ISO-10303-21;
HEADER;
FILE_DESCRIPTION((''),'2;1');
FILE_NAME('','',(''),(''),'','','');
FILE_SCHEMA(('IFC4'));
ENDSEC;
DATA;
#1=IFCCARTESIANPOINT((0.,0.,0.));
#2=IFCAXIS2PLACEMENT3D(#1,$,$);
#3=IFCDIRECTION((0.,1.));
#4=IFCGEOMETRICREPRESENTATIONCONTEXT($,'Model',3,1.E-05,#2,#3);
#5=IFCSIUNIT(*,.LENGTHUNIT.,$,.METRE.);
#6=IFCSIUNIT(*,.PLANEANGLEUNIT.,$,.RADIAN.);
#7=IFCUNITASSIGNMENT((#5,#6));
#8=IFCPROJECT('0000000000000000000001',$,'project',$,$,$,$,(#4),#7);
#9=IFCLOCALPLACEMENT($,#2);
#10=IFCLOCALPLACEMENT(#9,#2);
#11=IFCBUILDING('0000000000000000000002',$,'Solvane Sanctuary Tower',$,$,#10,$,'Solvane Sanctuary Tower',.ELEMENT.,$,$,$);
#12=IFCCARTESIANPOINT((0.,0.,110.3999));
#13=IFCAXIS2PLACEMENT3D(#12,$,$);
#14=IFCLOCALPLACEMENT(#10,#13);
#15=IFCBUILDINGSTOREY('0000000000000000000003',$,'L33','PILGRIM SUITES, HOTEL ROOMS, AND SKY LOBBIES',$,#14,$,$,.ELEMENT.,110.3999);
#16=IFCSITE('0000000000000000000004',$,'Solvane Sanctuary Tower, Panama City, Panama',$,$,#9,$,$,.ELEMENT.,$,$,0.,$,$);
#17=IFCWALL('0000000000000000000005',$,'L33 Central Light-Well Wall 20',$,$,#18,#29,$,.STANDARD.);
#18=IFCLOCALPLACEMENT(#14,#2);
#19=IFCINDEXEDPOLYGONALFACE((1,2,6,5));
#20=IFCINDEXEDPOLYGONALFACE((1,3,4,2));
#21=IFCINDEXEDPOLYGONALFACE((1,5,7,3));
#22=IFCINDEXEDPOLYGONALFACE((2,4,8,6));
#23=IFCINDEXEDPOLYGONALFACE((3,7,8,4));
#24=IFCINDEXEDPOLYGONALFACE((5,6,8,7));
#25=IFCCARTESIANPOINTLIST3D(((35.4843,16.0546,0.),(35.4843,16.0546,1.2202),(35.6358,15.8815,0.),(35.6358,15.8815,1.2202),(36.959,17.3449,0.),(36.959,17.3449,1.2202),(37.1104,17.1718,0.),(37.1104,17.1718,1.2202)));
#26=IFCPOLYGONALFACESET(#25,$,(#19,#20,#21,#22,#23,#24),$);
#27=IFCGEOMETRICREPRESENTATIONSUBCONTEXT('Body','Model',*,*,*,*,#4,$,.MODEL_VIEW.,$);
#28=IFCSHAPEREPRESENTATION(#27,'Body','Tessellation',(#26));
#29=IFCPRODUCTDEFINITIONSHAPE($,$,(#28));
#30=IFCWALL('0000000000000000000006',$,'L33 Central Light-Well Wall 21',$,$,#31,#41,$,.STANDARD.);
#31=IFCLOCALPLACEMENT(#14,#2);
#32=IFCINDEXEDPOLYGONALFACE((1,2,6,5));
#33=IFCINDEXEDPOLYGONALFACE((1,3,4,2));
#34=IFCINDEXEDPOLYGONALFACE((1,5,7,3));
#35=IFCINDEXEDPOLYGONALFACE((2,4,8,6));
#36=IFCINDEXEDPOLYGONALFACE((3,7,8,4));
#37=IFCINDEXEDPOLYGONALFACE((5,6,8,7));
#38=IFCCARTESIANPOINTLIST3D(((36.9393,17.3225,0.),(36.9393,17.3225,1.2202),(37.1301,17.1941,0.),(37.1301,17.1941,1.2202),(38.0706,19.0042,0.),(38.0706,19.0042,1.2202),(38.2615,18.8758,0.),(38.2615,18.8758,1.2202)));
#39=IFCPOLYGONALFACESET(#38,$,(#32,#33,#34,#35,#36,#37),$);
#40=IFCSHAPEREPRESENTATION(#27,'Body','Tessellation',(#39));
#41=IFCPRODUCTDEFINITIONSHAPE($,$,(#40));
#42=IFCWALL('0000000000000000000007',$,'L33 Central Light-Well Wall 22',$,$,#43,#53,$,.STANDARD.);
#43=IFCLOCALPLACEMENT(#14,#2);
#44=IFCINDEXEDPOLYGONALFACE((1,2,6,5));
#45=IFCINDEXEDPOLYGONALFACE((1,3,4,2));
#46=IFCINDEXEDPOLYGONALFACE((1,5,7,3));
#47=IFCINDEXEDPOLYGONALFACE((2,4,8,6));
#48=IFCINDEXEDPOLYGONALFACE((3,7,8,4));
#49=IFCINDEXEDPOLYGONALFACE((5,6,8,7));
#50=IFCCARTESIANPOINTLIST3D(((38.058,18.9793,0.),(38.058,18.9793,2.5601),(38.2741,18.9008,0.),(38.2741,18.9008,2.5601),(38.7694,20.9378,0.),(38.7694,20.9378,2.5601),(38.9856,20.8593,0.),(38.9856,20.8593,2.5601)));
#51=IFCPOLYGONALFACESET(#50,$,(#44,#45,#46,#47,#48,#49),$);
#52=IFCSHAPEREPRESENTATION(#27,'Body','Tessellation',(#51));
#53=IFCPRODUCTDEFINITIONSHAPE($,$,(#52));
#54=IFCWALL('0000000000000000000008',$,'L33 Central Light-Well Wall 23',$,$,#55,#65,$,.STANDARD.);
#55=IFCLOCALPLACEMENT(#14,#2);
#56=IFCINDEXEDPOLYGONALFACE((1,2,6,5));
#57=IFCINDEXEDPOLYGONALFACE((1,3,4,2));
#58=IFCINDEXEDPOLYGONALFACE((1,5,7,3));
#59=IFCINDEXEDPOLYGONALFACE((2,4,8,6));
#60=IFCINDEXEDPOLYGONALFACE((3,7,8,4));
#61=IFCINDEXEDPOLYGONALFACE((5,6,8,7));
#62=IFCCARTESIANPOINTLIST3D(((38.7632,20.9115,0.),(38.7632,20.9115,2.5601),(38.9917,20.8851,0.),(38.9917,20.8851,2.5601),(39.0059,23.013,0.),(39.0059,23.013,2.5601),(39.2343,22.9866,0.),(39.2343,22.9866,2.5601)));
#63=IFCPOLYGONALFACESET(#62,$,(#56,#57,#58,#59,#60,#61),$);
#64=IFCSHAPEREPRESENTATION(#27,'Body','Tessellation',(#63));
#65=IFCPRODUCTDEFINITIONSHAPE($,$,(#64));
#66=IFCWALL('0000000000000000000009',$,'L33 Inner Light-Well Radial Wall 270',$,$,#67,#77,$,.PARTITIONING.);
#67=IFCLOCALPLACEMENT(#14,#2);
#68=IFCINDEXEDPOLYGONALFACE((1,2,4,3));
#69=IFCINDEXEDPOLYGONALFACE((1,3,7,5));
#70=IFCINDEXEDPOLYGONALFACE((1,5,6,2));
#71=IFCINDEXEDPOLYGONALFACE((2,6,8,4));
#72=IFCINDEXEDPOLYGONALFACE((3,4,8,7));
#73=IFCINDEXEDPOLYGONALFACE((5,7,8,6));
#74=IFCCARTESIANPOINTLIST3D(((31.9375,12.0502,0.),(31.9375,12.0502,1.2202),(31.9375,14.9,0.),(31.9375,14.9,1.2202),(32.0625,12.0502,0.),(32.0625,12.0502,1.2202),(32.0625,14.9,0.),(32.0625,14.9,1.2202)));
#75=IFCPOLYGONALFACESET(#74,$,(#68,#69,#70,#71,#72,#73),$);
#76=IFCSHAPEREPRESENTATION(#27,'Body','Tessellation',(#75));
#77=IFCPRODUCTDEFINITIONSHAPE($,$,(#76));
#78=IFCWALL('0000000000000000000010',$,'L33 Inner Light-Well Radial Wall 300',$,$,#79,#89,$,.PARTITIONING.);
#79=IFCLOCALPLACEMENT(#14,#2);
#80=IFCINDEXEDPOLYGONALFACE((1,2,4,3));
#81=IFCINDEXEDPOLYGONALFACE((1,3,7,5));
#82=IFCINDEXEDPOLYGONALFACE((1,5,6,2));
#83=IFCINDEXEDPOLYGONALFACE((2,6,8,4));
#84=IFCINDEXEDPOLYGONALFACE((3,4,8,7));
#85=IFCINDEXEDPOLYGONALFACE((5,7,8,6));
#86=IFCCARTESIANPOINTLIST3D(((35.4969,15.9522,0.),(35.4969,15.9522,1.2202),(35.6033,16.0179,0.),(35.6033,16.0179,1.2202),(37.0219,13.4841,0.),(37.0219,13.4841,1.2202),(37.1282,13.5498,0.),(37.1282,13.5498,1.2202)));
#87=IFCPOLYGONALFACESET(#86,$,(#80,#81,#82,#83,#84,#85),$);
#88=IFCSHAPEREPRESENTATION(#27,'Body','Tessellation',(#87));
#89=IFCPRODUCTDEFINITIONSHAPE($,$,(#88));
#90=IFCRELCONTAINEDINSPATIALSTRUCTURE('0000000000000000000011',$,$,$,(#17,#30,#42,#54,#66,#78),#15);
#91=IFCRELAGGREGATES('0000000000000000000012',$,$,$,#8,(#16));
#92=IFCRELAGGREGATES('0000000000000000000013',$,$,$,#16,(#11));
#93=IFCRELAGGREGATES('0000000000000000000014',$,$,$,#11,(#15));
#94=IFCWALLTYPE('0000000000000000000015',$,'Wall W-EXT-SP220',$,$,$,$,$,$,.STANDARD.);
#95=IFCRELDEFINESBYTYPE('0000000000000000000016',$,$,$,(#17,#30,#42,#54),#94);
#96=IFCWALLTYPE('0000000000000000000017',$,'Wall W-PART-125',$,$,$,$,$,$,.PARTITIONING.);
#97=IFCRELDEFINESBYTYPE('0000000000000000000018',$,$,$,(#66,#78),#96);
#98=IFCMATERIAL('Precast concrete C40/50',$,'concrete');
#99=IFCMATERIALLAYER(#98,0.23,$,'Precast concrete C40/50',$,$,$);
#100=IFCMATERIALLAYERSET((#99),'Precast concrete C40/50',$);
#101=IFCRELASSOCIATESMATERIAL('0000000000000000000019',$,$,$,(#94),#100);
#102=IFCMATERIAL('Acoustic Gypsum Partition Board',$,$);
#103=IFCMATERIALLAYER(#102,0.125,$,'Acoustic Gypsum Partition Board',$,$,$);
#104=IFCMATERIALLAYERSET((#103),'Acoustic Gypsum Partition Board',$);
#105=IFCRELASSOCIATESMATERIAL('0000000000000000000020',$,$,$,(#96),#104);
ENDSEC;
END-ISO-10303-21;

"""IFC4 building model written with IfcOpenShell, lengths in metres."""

from ifc_helpers import new_model, si_unit, direction, frame, frame_2d, origin, place, context, subcontext, project, spatial, rectangle, extrude, material, layer, layer_set, type_object, element, save


model = new_model("IFC4")

# Units and contexts
model_context = context("Model", 3, precision=1e-05, world=origin(), true_north=direction((0.0, 1.0)))
body_context = subcontext(model_context, "Body", "Model", "MODEL_VIEW")
ifc_project = project(units=[si_unit("LENGTHUNIT", "METRE"), si_unit("PLANEANGLEUNIT", "RADIAN")], contexts=[model_context])

# Site, building, storey
site_placement = place(None, origin())
site = spatial("IfcSite", under=ifc_project, at=site_placement, Name="Solvane Sanctuary Tower, Panama City, Panama", CompositionType="ELEMENT", RefElevation=0.0)
building_placement = place(site_placement, origin())
building = spatial("IfcBuilding", under=site, at=building_placement, Name="Solvane Sanctuary Tower", LongName="Solvane Sanctuary Tower", CompositionType="ELEMENT")
storey_placement = place(building_placement, frame((0.0, 0.0, 110.3999)))
storey = spatial("IfcBuildingStorey", under=building, at=storey_placement, Name="L33", Description="PILGRIM SUITES, HOTEL ROOMS, AND SKY LOBBIES", CompositionType="ELEMENT", Elevation=110.3999)

# Walls
ifc_material_1 = material(Name="Acoustic Gypsum Partition Board")
ifc_material_2 = material(Name="Precast concrete C40/50", Category="concrete")
ifc_layer_1 = layer(ifc_material_2, 0.23, Name="Precast concrete C40/50")
ifc_layer_set_1 = layer_set([ifc_layer_1], Name="Precast concrete C40/50")
wall_type_1 = type_object("IfcWallType", Name="Wall W-EXT-SP220", PredefinedType="STANDARD", material=ifc_layer_set_1)
wall_1_placement = place(storey_placement, frame((35.5601, 15.968, 0.0), z_axis=(0.0, 0.0, 1.0), x_axis=(0.752577, 0.658505, 0.0)))
element("IfcWall", 1, at=wall_1_placement, inside=storey, type_object=wall_type_1, Name="L33 Central Light-Well Wall 20", PredefinedType="STANDARD", context=body_context, shape_type="SweptSolid", body=[
    extrude(rectangle(XDim=1.9595, YDim=0.23, at=frame_2d((0.9797, 0.0))), origin(), (0.0, 0.0, 1.0), 1.2202),
])
wall_2_placement = place(storey_placement, frame((37.0347, 17.2583, 0.0), z_axis=(0.0, 0.0, 1.0), x_axis=(0.558198, 0.829708, 0.0)))
element("IfcWall", 2, at=wall_2_placement, inside=storey, type_object=wall_type_1, Name="L33 Central Light-Well Wall 21", PredefinedType="STANDARD", context=body_context, shape_type="SweptSolid", body=[
    extrude(rectangle(XDim=2.0269, YDim=0.23, at=frame_2d((1.0134, 0.0))), origin(), (0.0, 0.0, 1.0), 1.2202),
])
wall_3_placement = place(storey_placement, frame((38.166, 18.9399, 0.0), z_axis=(0.0, 0.0, 1.0), x_axis=(0.341423, 0.93991, 0.0)))
element("IfcWall", 3, at=wall_3_placement, inside=storey, type_object=wall_type_1, Name="L33 Central Light-Well Wall 22", PredefinedType="STANDARD", context=body_context, shape_type="SweptSolid", body=[
    extrude(rectangle(XDim=2.0837, YDim=0.23, at=frame_2d((1.042, 0.0))), origin(), (0.0, 0.0, 1.0), 2.5601),
])
wall_4_placement = place(storey_placement, frame((38.8774, 20.8984, 0.0), z_axis=(0.0, 0.0, 1.0), x_axis=(0.114712, 0.993399, 0.0)))
element("IfcWall", 4, at=wall_4_placement, inside=storey, type_object=wall_type_1, Name="L33 Central Light-Well Wall 23", PredefinedType="STANDARD", context=body_context, shape_type="SweptSolid", body=[
    extrude(rectangle(XDim=2.1155, YDim=0.23, at=frame_2d((1.0576, 0.0))), origin(), (0.0, 0.0, 1.0), 2.5601),
])
ifc_layer_2 = layer(ifc_material_1, 0.125, Name="Acoustic Gypsum Partition Board")
ifc_layer_set_2 = layer_set([ifc_layer_2], Name="Acoustic Gypsum Partition Board")
wall_type_2 = type_object("IfcWallType", Name="Wall W-PART-125", PredefinedType="PARTITIONING", material=ifc_layer_set_2)
wall_5_placement = place(storey_placement, frame((32.0, 14.8999, 0.0), z_axis=(0.0, 0.0, 1.0), x_axis=(0.0, -1.0, 0.0)))
element("IfcWall", 5, at=wall_5_placement, inside=storey, type_object=wall_type_2, Name="L33 Inner Light-Well Radial Wall 270", PredefinedType="PARTITIONING", context=body_context, shape_type="SweptSolid", body=[
    extrude(rectangle(XDim=2.8499, YDim=0.125, at=frame_2d((1.4248, 0.0))), origin(), (0.0, 0.0, 1.0), 1.2202),
])
wall_6_placement = place(storey_placement, frame((35.55, 15.9851, 0.0), z_axis=(0.0, 0.0, 1.0), x_axis=(0.525627, -0.850715, 0.0)))
element("IfcWall", 6, at=wall_6_placement, inside=storey, type_object=wall_type_2, Name="L33 Inner Light-Well Radial Wall 300", PredefinedType="PARTITIONING", context=body_context, shape_type="SweptSolid", body=[
    extrude(rectangle(XDim=2.9011, YDim=0.125, at=frame_2d((1.4507, 0.0))), origin(), (0.0, 0.0, 1.0), 1.2202),
])

save(model, "model.ifc")
